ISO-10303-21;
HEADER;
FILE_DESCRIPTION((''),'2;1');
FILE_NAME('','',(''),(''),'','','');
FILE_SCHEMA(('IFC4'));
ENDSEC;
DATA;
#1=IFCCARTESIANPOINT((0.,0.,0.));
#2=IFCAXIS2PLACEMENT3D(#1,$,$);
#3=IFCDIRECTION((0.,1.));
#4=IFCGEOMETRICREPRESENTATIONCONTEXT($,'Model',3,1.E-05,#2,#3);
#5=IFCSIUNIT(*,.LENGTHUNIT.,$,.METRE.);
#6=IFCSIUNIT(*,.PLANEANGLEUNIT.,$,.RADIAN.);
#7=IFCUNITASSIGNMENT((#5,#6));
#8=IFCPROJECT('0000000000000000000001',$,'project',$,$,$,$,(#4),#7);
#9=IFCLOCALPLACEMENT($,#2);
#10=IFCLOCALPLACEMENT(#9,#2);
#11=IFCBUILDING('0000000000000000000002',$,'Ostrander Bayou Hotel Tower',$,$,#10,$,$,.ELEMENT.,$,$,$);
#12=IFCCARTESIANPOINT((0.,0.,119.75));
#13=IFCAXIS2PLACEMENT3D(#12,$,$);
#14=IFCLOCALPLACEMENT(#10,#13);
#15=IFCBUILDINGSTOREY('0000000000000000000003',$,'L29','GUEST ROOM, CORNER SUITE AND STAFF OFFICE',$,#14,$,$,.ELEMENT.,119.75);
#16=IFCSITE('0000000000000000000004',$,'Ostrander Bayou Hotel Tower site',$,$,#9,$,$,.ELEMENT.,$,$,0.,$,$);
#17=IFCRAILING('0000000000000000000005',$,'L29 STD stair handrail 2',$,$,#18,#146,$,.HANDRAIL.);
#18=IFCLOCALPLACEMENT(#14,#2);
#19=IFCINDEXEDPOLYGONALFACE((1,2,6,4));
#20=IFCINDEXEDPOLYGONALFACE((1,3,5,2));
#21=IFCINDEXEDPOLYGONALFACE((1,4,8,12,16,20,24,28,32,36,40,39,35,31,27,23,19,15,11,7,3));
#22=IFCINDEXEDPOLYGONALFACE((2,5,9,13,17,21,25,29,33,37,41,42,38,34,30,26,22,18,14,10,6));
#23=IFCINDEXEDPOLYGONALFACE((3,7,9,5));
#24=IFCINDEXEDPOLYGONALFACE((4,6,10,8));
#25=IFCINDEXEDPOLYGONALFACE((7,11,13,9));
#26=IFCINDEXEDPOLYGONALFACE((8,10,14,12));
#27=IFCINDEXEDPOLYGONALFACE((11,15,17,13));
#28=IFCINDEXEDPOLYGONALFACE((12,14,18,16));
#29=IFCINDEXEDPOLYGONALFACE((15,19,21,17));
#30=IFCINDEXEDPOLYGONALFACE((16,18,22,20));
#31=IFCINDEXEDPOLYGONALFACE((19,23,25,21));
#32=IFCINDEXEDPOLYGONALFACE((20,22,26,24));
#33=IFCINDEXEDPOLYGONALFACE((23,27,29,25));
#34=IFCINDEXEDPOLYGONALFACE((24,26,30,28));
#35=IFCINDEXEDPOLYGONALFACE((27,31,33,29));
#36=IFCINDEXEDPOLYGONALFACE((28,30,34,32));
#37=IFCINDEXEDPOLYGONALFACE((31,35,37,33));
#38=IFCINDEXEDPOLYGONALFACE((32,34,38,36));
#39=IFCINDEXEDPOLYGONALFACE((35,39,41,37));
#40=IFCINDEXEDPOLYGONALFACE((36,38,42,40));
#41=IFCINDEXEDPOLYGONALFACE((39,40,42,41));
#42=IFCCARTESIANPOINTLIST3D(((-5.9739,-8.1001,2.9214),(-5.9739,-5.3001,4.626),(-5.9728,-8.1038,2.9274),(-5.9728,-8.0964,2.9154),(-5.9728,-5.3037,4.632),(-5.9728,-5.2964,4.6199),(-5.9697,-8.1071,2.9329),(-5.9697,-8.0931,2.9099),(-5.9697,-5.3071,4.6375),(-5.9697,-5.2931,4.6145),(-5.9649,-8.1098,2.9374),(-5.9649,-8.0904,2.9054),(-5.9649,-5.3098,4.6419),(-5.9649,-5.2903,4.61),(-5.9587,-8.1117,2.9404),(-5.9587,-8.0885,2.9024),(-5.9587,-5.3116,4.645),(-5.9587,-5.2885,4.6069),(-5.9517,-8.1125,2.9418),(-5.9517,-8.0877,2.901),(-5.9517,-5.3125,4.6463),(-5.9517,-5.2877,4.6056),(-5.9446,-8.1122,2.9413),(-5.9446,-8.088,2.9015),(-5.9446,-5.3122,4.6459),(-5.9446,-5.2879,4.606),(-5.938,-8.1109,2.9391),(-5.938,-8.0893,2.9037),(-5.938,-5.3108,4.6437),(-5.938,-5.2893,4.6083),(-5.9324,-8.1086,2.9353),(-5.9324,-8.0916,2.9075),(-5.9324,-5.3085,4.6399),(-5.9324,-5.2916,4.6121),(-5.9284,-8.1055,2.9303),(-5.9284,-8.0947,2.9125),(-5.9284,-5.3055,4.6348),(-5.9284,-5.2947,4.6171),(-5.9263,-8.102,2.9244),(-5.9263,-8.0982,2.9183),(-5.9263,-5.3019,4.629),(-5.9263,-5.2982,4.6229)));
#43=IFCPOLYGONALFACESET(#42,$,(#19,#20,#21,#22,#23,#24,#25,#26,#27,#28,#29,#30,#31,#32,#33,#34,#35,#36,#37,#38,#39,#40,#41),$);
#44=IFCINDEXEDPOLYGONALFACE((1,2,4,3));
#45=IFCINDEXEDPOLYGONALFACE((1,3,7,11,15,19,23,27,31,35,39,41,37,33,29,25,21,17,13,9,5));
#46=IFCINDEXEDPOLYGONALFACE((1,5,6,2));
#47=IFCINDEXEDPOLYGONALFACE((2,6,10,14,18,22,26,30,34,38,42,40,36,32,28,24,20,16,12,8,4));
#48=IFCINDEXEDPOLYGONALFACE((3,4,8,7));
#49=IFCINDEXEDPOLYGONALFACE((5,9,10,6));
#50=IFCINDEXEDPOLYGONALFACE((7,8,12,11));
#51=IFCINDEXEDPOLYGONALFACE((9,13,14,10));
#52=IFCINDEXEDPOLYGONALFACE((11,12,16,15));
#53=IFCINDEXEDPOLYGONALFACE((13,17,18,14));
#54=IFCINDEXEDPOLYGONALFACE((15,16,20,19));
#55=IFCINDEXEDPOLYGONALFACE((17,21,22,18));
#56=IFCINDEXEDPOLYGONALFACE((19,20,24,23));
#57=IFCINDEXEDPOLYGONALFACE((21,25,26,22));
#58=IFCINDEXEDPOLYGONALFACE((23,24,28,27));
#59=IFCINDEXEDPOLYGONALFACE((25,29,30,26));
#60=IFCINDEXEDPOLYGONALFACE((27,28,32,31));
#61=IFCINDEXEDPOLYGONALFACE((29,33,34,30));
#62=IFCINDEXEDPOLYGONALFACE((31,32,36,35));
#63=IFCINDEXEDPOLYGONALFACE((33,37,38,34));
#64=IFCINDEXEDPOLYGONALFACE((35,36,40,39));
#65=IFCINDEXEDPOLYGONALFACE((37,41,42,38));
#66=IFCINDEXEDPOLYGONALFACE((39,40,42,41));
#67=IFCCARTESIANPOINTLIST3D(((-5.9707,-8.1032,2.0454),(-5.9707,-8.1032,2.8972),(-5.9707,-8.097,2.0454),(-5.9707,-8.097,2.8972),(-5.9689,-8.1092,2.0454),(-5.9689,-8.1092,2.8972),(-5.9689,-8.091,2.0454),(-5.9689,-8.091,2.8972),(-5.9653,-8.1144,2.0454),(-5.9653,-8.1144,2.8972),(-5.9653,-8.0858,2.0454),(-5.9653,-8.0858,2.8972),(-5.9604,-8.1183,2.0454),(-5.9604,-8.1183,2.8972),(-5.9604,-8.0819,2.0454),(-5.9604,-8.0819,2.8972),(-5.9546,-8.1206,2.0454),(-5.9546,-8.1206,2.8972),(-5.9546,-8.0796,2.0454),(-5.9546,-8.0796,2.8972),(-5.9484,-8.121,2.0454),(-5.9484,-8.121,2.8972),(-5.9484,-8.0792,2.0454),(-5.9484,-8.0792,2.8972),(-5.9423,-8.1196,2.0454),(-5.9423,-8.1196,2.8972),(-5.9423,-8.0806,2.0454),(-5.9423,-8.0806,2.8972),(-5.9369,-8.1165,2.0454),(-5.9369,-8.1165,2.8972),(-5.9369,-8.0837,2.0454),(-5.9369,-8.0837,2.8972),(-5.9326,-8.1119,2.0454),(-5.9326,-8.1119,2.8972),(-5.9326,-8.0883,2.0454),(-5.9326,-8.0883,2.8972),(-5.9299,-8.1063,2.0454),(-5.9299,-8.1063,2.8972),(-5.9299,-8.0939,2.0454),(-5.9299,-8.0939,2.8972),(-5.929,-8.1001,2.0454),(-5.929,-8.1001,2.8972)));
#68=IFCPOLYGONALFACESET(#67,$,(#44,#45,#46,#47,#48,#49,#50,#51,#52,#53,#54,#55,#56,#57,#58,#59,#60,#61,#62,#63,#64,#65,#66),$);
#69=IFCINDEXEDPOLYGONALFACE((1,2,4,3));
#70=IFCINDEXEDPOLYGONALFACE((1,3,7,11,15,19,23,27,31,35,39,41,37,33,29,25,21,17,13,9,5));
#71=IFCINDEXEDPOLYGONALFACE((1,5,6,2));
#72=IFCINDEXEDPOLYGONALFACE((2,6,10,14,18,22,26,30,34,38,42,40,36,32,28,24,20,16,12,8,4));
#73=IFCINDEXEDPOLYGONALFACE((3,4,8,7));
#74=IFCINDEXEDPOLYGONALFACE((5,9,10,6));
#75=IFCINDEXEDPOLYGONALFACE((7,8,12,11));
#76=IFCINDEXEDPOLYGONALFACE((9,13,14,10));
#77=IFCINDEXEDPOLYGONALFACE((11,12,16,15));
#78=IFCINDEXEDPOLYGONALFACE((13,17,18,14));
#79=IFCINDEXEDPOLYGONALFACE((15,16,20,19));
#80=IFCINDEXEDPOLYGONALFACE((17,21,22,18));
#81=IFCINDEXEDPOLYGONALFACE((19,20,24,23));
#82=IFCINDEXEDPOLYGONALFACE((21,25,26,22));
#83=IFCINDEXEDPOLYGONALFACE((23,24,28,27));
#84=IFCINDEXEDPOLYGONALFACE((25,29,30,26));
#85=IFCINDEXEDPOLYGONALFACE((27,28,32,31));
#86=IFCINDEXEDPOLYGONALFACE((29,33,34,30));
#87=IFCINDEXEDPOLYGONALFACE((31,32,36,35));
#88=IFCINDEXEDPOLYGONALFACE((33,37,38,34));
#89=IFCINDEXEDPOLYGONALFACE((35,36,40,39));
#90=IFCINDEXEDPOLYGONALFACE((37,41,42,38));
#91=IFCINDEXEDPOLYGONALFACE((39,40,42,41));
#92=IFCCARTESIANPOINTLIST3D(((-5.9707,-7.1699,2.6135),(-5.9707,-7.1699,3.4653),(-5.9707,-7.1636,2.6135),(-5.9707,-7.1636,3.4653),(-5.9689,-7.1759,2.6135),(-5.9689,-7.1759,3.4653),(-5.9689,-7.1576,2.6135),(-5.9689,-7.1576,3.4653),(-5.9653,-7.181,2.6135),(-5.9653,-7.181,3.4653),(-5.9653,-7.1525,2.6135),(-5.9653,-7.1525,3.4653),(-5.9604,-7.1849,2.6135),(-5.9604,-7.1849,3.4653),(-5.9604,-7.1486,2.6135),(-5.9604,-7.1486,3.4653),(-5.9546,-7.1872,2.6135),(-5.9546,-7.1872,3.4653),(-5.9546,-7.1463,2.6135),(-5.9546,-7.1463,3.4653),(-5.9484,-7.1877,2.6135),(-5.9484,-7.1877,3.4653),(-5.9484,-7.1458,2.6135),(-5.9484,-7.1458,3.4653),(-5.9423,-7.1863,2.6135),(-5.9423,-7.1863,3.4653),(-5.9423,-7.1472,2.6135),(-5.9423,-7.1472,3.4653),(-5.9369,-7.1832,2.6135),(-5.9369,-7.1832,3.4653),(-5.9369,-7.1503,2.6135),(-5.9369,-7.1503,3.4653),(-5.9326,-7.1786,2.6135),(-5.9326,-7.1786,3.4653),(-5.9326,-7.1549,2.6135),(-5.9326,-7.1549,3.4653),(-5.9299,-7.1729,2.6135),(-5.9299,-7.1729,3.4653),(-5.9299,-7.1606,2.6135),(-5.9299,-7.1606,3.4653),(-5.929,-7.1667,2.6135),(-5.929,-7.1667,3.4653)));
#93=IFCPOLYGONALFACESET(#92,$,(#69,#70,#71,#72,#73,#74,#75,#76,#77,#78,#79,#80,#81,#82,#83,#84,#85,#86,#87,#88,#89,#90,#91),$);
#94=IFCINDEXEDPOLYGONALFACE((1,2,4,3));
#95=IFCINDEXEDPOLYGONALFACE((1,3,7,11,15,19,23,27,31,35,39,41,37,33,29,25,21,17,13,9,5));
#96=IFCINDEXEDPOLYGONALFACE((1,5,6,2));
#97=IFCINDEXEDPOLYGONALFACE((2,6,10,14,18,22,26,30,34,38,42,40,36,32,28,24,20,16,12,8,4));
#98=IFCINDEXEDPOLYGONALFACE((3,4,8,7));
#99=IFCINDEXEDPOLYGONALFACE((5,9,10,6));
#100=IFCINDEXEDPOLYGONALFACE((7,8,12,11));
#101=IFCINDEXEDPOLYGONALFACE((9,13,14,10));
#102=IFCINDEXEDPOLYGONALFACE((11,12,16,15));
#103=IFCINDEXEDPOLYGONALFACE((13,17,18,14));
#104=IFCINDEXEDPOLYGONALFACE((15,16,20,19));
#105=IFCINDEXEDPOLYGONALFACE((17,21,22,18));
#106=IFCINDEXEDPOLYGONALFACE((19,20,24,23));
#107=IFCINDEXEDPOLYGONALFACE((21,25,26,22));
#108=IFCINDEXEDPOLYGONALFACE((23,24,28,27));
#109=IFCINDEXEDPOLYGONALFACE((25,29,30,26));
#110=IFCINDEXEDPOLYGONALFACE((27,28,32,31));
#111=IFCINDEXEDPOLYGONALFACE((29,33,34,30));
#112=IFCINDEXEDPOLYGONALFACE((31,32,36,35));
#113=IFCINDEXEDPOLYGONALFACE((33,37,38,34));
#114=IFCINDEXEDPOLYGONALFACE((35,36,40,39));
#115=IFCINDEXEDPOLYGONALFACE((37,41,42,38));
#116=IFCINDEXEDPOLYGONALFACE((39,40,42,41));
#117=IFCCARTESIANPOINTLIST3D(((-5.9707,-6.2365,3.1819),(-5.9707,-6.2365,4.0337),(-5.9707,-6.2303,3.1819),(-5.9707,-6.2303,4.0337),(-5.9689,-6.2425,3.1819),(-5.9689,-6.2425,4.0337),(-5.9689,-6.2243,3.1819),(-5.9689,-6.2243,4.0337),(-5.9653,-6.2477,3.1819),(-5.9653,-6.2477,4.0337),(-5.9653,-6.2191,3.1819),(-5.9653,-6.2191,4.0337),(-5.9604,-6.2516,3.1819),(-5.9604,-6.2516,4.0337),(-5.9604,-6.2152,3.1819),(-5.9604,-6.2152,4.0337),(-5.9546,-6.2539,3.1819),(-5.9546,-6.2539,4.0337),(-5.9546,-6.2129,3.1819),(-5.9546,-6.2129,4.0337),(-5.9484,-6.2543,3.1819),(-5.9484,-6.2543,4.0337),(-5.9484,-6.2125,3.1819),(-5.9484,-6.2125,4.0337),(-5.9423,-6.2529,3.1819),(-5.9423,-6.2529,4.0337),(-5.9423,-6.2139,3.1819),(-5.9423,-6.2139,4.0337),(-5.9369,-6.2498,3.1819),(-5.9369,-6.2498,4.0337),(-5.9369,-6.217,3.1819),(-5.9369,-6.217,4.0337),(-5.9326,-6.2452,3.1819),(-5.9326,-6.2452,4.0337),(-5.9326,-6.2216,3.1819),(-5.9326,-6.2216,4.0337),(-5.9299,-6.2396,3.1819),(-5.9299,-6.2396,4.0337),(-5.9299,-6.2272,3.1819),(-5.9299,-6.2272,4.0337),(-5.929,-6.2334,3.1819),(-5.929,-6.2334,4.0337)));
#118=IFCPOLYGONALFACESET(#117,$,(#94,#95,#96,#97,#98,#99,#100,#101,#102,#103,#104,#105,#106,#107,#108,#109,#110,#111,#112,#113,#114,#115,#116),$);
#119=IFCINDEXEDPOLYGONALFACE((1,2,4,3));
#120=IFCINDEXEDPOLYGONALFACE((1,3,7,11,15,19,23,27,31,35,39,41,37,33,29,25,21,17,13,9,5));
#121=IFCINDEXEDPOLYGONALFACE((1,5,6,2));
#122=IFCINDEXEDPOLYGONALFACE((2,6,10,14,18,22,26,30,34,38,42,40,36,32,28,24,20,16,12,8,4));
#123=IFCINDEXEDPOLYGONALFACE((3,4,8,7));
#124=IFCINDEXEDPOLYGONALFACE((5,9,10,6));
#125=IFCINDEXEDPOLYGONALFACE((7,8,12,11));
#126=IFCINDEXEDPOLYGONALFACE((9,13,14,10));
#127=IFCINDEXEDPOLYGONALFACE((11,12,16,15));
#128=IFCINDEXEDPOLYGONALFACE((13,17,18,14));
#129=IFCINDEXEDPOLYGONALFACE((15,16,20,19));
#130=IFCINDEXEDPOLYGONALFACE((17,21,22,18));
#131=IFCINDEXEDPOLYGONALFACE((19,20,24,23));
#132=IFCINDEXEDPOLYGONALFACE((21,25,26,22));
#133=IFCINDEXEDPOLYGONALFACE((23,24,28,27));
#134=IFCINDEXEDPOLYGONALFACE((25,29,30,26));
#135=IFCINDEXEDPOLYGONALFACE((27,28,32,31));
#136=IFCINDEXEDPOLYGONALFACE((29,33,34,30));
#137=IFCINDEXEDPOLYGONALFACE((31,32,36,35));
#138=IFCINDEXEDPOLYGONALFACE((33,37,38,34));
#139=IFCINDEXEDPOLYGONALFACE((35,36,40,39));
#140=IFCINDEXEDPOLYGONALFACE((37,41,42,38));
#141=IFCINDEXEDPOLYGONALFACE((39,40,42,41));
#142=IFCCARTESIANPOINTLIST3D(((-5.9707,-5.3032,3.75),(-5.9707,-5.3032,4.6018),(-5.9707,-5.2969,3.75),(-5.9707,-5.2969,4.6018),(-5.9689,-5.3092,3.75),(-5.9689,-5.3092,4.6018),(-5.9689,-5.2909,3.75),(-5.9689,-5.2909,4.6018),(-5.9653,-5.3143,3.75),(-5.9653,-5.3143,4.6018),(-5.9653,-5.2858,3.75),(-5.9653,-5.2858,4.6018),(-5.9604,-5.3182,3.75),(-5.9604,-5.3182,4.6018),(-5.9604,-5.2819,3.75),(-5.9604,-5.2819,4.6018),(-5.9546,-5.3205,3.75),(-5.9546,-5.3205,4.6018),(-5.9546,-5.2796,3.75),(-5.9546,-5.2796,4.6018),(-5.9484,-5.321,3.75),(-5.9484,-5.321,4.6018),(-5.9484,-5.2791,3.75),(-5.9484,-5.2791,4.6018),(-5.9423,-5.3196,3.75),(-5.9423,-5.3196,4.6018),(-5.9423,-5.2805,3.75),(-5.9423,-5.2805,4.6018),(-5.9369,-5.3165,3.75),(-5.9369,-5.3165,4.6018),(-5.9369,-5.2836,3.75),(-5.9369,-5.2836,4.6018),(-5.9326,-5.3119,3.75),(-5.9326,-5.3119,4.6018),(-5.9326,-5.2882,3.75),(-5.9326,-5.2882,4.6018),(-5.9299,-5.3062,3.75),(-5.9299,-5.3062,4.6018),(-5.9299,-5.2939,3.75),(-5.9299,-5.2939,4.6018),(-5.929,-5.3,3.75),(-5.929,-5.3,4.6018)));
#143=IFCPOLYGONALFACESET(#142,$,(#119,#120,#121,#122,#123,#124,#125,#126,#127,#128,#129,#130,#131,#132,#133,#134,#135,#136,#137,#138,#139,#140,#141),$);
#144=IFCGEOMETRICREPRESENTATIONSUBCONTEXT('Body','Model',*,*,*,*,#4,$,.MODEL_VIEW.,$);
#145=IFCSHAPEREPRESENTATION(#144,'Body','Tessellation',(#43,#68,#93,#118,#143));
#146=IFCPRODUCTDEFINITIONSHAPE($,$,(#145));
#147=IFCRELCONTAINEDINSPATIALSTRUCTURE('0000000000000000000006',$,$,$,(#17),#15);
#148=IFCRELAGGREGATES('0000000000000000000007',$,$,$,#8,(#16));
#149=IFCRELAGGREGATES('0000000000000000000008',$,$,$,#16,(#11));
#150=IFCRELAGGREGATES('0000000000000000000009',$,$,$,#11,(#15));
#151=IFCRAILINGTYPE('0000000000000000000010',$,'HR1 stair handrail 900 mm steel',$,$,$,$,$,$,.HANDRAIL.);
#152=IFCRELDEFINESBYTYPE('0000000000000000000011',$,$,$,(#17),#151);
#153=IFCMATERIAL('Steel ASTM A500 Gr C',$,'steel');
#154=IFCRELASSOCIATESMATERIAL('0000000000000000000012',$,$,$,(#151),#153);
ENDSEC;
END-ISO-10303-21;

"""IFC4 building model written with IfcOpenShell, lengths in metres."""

from ifc_helpers import new_model, si_unit, direction, frame, origin, origin_2d, place, context, subcontext, project, spatial, circle, extrude, material, type_object, element, save


model = new_model("IFC4")

# Units and contexts
model_context = context("Model", 3, precision=1e-05, world=origin(), true_north=direction((0.0, 1.0)))
body_context = subcontext(model_context, "Body", "Model", "MODEL_VIEW")
ifc_project = project(units=[si_unit("LENGTHUNIT", "METRE"), si_unit("PLANEANGLEUNIT", "RADIAN")], contexts=[model_context])

# Site, building, storey
site_placement = place(None, origin())
site = spatial("IfcSite", under=ifc_project, at=site_placement, Name="Ostrander Bayou Hotel Tower site", CompositionType="ELEMENT", RefElevation=0.0)
building_placement = place(site_placement, origin())
building = spatial("IfcBuilding", under=site, at=building_placement, Name="Ostrander Bayou Hotel Tower", CompositionType="ELEMENT")
storey_placement = place(building_placement, frame((0.0, 0.0, 119.75)))
storey = spatial("IfcBuildingStorey", under=building, at=storey_placement, Name="L29", Description="GUEST ROOM, CORNER SUITE AND STAFF OFFICE", CompositionType="ELEMENT", Elevation=119.75)

# Railing
ifc_material_1 = material(Name="Steel ASTM A500 Gr C", Category="steel")
railing_type_1 = type_object("IfcRailingType", Name="HR1 stair handrail 900 mm steel", PredefinedType="HANDRAIL", material=ifc_material_1)
railing_1_placement = place(storey_placement, frame((-5.95, -8.1001, 2.0454)))
element("IfcRailing", 1, at=railing_1_placement, inside=storey, type_object=railing_type_1, Name="L29 STD stair handrail 2", PredefinedType="HANDRAIL", context=body_context, shape_type="SweptSolid", body=[
    extrude(circle(Radius=0.0239, at=origin_2d()), frame((0.0, 0.0, 0.876), z_axis=(0.0, 0.85417, 0.519994), x_axis=(-1.0, 0.0, 0.0)), (0.0, 0.0, 1.0), 3.2781),
    extrude(circle(Radius=0.021, at=origin_2d()), origin(), (0.0, 0.0, 1.0), 0.8518),
    extrude(circle(Radius=0.021, at=origin_2d()), frame((0.0, 0.9333, 0.5681)), (0.0, 0.0, 1.0), 0.8518),
    extrude(circle(Radius=0.021, at=origin_2d()), frame((0.0, 1.8667, 1.1365)), (0.0, 0.0, 1.0), 0.8518),
    extrude(circle(Radius=0.021, at=origin_2d()), frame((0.0, 2.8, 1.7046)), (0.0, 0.0, 1.0), 0.8518),
])

save(model, "model.ifc")
